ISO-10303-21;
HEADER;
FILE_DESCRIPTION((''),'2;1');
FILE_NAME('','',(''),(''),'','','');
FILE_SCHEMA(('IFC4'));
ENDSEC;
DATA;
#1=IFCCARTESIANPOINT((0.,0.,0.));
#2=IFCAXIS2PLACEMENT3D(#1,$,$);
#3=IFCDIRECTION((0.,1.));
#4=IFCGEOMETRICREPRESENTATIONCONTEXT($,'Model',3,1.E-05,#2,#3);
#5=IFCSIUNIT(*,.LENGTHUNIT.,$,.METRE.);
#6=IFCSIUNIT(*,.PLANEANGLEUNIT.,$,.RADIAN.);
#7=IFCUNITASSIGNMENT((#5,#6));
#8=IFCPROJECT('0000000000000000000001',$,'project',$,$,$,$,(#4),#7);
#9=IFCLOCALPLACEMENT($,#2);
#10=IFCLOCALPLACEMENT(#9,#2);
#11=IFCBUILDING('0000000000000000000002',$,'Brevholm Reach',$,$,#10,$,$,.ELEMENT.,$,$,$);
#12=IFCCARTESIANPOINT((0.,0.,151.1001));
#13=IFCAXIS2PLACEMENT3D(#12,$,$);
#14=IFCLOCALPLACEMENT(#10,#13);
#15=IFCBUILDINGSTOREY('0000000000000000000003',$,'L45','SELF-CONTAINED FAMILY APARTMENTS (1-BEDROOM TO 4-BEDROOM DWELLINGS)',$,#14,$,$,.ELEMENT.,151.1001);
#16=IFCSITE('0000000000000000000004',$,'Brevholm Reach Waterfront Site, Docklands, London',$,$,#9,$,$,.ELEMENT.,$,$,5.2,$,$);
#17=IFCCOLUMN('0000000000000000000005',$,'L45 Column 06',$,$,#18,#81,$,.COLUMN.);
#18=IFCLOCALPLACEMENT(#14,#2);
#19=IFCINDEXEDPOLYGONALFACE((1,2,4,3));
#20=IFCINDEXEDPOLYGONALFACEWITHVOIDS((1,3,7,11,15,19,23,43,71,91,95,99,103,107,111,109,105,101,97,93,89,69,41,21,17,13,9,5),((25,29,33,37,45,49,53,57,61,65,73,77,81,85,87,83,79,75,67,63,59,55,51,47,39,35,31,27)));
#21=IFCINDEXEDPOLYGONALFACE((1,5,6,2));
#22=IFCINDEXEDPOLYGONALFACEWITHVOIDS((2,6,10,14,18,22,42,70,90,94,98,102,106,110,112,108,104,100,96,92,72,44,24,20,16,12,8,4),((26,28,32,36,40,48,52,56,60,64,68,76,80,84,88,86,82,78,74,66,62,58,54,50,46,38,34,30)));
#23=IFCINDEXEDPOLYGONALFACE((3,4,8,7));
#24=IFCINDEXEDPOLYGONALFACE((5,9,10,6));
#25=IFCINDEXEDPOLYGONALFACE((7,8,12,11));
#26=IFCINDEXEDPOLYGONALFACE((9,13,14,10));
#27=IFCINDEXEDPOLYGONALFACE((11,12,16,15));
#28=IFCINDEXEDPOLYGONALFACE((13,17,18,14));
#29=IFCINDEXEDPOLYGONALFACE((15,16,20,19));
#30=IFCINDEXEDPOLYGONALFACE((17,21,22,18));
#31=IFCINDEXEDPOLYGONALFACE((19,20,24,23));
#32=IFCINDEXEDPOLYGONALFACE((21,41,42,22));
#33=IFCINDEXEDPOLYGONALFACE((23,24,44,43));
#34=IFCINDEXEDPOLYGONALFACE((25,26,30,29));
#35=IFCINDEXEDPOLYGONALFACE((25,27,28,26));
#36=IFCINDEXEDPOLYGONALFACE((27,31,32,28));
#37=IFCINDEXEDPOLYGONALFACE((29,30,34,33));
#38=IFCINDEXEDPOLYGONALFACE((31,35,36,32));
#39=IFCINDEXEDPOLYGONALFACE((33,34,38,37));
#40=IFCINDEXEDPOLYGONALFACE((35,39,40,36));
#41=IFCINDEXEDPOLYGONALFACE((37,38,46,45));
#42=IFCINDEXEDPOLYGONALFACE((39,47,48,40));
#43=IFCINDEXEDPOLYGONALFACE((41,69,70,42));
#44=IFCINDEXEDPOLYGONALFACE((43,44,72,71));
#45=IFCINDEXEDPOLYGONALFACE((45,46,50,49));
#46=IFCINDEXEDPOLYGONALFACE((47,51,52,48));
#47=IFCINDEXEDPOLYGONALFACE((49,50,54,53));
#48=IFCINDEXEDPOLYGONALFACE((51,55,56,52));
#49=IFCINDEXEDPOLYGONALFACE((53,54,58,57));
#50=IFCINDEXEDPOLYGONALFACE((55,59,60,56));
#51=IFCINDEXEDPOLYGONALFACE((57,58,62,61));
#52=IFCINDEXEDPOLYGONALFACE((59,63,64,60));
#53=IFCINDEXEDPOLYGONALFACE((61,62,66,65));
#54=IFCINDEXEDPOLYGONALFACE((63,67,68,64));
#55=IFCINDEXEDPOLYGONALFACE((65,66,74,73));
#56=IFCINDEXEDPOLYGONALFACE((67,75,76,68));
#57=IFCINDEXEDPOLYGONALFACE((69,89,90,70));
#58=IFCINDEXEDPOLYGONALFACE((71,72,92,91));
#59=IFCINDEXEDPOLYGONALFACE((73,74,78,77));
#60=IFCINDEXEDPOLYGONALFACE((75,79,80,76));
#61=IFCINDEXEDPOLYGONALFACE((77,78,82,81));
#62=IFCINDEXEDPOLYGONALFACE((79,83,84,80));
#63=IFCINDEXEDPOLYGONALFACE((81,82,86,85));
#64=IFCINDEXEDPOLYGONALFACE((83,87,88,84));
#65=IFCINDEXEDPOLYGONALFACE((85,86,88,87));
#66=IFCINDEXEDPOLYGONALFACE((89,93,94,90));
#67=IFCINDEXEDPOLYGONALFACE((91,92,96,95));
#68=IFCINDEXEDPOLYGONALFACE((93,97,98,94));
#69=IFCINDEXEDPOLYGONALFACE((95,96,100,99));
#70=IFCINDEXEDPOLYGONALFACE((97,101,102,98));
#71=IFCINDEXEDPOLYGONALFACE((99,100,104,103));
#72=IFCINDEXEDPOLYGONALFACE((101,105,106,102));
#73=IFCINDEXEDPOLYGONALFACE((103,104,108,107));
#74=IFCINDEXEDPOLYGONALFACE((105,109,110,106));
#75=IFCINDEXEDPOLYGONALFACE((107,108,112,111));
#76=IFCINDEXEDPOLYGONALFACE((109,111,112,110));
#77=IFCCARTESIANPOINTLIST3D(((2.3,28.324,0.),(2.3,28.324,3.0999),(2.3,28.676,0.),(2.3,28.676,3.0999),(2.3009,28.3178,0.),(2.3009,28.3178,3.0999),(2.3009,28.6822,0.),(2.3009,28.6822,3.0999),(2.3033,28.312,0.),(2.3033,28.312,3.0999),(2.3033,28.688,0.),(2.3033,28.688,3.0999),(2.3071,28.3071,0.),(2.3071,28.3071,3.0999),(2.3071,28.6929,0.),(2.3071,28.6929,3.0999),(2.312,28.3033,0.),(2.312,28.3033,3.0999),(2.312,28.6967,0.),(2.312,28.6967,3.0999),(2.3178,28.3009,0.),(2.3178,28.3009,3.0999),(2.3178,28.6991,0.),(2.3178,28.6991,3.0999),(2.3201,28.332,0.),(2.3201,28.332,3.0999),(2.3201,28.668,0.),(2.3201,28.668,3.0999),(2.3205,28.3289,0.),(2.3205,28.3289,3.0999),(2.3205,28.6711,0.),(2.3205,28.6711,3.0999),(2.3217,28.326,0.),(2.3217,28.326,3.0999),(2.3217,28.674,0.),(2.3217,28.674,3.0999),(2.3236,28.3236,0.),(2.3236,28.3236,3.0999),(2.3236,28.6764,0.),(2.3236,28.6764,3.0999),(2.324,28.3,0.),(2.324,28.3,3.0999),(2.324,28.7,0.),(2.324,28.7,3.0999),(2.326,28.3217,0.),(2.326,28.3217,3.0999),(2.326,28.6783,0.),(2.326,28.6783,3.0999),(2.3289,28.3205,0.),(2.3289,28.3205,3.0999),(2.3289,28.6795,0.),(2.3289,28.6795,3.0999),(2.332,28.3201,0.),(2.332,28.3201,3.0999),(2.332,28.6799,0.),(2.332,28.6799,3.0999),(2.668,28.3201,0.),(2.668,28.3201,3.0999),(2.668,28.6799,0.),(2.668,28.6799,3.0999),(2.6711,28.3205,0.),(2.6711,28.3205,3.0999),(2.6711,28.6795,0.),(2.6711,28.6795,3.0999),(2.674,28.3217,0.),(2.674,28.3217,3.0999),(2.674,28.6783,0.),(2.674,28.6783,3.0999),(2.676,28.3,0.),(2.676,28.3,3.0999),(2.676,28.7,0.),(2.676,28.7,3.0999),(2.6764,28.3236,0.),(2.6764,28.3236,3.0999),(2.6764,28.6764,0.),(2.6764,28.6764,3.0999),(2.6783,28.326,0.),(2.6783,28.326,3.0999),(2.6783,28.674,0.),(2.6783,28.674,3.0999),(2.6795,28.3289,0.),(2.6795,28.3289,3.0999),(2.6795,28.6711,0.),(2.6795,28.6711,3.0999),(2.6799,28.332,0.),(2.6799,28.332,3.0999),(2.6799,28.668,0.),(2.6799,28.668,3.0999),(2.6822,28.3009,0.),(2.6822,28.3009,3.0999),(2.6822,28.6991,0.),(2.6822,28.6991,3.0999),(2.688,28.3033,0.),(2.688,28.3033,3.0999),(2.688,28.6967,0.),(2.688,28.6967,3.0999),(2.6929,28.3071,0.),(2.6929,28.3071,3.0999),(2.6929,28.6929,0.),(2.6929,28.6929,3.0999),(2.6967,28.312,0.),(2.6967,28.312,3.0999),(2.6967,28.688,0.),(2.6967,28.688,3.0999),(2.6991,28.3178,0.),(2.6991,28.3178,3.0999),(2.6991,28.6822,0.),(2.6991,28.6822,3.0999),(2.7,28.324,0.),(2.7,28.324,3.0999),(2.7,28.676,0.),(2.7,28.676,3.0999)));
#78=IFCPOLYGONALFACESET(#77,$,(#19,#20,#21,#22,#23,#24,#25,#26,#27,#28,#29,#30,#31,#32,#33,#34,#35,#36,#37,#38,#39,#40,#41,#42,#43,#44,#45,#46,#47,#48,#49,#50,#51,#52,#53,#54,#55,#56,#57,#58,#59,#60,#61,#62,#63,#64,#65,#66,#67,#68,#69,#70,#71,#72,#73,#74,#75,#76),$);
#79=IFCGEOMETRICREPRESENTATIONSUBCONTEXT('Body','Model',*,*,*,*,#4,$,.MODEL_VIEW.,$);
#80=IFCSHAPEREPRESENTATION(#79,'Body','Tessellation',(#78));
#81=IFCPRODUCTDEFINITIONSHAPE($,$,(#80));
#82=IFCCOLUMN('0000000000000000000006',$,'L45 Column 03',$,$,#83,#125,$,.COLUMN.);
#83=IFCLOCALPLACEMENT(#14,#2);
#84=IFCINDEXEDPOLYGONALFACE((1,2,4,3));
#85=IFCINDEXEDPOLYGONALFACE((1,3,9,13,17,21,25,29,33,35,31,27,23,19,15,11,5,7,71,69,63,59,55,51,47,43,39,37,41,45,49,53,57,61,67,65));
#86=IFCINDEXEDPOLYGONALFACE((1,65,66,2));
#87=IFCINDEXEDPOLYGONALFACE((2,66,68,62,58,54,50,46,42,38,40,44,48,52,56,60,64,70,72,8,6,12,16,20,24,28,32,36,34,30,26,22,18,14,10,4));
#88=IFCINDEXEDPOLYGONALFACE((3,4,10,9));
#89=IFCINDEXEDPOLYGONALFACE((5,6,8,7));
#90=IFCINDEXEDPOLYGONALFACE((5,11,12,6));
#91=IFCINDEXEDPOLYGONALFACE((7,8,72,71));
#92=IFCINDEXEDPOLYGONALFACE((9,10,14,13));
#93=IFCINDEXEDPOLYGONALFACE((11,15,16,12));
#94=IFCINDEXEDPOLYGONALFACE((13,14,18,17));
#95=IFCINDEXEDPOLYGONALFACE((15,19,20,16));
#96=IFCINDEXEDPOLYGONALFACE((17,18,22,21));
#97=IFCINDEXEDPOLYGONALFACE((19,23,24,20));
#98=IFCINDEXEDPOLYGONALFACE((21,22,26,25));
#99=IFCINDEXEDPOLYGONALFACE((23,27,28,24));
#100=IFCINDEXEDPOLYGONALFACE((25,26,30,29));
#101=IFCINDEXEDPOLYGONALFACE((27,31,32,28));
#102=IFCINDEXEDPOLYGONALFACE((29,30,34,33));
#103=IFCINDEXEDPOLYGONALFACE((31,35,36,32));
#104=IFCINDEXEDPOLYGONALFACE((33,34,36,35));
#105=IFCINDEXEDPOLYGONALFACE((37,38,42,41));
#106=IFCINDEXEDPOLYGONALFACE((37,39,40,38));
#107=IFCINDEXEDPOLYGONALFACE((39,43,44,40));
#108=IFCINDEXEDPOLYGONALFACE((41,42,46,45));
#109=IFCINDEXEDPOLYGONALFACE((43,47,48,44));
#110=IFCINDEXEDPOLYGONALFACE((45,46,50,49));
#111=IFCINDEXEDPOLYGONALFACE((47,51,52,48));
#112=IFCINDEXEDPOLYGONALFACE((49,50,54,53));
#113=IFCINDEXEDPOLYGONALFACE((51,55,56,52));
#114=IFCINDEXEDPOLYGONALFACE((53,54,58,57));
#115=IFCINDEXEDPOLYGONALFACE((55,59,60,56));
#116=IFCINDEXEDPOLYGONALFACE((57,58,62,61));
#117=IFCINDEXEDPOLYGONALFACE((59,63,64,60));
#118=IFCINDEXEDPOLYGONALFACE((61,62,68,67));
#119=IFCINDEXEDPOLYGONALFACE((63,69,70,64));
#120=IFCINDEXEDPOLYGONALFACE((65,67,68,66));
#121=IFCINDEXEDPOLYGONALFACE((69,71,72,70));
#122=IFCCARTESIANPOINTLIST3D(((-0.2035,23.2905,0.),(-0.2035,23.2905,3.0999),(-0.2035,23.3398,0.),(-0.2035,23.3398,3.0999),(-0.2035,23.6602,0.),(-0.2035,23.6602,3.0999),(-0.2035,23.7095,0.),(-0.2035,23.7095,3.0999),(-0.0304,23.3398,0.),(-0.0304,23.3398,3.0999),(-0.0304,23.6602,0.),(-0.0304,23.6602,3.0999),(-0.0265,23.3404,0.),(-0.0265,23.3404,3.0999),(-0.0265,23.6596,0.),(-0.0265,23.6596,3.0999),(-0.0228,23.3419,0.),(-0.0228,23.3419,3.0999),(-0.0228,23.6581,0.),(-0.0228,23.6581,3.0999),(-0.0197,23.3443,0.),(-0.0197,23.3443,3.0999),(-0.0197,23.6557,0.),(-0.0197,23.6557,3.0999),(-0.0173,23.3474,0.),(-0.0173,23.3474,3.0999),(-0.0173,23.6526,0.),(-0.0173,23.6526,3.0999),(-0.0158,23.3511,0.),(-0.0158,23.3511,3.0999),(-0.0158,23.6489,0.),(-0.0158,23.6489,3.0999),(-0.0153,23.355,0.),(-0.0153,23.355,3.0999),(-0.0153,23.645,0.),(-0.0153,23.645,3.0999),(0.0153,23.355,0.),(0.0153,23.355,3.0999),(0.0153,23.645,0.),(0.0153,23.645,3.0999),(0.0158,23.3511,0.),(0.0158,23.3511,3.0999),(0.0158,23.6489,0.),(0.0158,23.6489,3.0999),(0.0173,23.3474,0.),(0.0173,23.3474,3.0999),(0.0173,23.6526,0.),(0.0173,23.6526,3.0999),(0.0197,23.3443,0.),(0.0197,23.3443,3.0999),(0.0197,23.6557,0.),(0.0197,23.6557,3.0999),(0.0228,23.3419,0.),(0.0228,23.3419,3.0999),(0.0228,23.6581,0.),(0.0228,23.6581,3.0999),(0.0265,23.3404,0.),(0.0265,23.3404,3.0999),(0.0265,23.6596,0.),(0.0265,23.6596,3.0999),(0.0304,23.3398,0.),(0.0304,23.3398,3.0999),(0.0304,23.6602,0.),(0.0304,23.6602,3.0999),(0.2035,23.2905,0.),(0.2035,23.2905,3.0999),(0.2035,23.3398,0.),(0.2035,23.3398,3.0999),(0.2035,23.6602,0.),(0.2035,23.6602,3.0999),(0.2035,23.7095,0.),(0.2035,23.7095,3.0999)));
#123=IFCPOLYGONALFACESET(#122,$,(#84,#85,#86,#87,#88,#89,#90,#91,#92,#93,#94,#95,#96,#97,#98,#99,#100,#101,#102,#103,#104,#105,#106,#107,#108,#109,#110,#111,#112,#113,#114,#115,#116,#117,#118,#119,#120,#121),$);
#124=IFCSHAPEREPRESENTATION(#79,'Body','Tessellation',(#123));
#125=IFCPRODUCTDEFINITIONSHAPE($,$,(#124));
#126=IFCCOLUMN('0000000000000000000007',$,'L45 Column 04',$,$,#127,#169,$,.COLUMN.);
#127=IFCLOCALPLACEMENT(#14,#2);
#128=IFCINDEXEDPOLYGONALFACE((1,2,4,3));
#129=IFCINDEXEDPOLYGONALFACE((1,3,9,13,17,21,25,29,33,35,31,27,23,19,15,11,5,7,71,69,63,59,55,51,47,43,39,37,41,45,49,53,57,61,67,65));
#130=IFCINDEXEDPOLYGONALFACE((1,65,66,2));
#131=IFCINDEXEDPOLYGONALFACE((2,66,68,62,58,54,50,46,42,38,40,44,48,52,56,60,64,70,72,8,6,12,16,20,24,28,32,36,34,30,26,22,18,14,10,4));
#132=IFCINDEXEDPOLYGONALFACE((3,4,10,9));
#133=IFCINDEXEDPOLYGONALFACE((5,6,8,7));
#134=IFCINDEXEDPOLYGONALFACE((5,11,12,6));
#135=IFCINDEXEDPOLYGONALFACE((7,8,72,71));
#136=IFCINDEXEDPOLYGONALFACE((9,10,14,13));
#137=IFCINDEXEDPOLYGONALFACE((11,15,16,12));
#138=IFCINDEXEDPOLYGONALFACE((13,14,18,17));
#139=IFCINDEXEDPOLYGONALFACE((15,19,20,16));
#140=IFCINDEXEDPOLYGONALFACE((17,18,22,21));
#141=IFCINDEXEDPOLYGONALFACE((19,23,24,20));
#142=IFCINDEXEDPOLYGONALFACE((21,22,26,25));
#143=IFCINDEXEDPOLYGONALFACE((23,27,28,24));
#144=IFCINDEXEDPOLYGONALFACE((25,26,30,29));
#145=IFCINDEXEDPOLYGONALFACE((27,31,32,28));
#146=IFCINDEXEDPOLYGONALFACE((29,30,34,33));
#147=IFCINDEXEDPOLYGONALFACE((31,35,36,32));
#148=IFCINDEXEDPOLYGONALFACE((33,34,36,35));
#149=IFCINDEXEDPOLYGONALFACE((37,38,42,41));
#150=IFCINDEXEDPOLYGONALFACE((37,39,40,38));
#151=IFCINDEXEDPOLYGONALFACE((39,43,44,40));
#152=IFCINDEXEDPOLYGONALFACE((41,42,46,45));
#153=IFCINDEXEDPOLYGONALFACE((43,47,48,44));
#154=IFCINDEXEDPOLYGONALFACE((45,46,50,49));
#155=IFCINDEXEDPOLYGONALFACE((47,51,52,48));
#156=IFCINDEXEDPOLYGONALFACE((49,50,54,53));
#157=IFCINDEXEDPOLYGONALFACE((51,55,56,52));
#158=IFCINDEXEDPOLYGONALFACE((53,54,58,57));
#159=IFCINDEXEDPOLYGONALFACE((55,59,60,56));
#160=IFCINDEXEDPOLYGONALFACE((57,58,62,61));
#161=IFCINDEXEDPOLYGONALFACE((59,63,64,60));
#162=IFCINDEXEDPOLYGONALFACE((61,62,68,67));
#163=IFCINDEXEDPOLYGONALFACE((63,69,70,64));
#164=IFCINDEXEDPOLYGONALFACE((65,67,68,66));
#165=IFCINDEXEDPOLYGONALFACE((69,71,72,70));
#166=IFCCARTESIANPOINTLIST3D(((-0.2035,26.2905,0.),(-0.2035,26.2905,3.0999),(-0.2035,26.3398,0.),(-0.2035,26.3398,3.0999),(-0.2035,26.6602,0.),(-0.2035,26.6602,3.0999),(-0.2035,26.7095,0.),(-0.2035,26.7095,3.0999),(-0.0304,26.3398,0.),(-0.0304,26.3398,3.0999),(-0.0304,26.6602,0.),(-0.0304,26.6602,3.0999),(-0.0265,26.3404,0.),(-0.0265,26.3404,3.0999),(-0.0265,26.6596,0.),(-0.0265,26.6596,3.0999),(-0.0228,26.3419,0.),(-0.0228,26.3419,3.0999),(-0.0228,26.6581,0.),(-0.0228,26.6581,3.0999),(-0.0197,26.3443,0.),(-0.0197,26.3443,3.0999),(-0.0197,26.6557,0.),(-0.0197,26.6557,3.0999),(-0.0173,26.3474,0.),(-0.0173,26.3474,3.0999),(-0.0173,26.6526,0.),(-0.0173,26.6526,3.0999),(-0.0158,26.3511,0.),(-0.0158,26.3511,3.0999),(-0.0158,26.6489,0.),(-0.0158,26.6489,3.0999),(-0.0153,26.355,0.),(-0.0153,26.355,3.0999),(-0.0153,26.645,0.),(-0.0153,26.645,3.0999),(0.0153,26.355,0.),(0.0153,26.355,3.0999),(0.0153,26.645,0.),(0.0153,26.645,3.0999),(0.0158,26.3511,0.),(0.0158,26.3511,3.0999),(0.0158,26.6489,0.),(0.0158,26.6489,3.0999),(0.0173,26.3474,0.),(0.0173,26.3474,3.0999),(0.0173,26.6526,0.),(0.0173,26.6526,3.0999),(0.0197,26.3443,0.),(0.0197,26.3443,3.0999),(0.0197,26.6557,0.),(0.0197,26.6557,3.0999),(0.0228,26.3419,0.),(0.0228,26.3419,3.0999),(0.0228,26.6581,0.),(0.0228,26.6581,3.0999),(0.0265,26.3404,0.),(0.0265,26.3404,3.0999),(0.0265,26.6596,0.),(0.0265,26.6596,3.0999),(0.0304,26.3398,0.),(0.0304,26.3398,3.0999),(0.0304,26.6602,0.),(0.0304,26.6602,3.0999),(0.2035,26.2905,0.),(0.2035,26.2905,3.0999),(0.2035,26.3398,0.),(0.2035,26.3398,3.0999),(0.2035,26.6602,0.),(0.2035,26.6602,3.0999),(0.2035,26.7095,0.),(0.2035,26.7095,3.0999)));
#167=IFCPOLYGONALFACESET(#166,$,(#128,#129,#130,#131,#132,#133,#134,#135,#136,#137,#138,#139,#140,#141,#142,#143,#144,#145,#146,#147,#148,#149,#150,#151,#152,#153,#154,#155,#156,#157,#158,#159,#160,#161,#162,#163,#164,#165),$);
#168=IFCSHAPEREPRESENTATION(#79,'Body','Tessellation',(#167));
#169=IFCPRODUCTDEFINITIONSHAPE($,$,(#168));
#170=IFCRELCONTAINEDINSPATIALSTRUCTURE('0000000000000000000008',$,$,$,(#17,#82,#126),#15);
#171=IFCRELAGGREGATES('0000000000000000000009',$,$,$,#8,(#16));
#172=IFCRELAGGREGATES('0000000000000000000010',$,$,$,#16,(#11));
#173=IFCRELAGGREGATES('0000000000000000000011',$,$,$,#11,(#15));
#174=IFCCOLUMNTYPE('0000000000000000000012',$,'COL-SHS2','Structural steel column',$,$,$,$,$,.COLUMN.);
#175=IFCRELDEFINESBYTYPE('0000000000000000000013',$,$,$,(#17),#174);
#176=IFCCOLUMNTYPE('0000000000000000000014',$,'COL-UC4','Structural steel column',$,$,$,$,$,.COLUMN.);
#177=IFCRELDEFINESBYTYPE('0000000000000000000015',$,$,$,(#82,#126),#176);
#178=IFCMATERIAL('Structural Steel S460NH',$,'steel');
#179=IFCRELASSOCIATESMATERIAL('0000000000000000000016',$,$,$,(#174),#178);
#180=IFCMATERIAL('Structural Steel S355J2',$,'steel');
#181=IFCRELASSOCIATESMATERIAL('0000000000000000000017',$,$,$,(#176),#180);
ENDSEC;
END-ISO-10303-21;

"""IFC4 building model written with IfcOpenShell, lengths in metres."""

from ifc_helpers import new_model, si_unit, direction, frame, origin, origin_2d, place, context, subcontext, project, spatial, hollow_rectangle, i_section, extrude, material, material_profile, profile_set, type_object, element, save


model = new_model("IFC4")

# Units and contexts
model_context = context("Model", 3, precision=1e-05, world=origin(), true_north=direction((0.0, 1.0)))
body_context = subcontext(model_context, "Body", "Model", "MODEL_VIEW")
ifc_project = project(units=[si_unit("LENGTHUNIT", "METRE"), si_unit("PLANEANGLEUNIT", "RADIAN")], contexts=[model_context])

# Site, building, storey
site_placement = place(None, origin())
site = spatial("IfcSite", under=ifc_project, at=site_placement, Name="Brevholm Reach Waterfront Site, Docklands, London", CompositionType="ELEMENT", RefElevation=5.2)
building_placement = place(site_placement, origin())
building = spatial("IfcBuilding", under=site, at=building_placement, Name="Brevholm Reach", CompositionType="ELEMENT")
storey_placement = place(building_placement, frame((0.0, 0.0, 151.1001)))
storey = spatial("IfcBuildingStorey", under=building, at=storey_placement, Name="L45", Description="SELF-CONTAINED FAMILY APARTMENTS (1-BEDROOM TO 4-BEDROOM DWELLINGS)", CompositionType="ELEMENT", Elevation=151.1001)

# Columns
ifc_material_1 = material(Name="Structural Steel S460NH", Category="steel")
ifc_material_profile_1 = material_profile(ifc_material_1, hollow_rectangle(XDim=0.3999, YDim=0.3999, WallThickness=0.02, InnerFilletRadius=0.012, OuterFilletRadius=0.0239, at=origin_2d()), Name="SHS 400x400x20")
ifc_profile_set_1 = profile_set([ifc_material_profile_1], Name="Structural Steel S460NH")
column_type_1 = type_object("IfcColumnType", Name="COL-SHS2", Description="Structural steel column", PredefinedType="COLUMN", material=ifc_profile_set_1)
column_placement = place(storey_placement, frame((2.5, 28.5, 0.0), z_axis=(0.0, 0.0, 1.0), x_axis=(1.0, 0.0, 0.0)))
element("IfcColumn", 1, at=column_placement, inside=storey, type_object=column_type_1, Name="L45 Column 06", PredefinedType="COLUMN", context=body_context, shape_type="SweptSolid", body=[
    extrude(hollow_rectangle(XDim=0.3999, YDim=0.3999, WallThickness=0.02, InnerFilletRadius=0.012, OuterFilletRadius=0.0239, at=origin_2d()), origin(), (0.0, 0.0, 1.0), 3.0999),
])
ifc_material_2 = material(Name="Structural Steel S355J2", Category="steel")
ifc_material_profile_2 = material_profile(ifc_material_2, i_section(OverallWidth=0.407, OverallDepth=0.4189, WebThickness=0.0305, FlangeThickness=0.0493, FilletRadius=0.0151, at=origin_2d()), Name="UKC 356x406x393")
ifc_profile_set_2 = profile_set([ifc_material_profile_2], Name="Structural Steel S355J2")
column_type_2 = type_object("IfcColumnType", Name="COL-UC4", Description="Structural steel column", PredefinedType="COLUMN", material=ifc_profile_set_2)
for number, where, z_axis, x_axis, name in (
    (2, (0.0, 23.5, 0.0), (0.0, 0.0, 1.0), (1.0, 0.0, 0.0), "L45 Column 03"),
    (3, (0.0, 26.5, 0.0), (0.0, 0.0, 1.0), (1.0, 0.0, 0.0), "L45 Column 04"),
):
    element("IfcColumn", number, at=place(storey_placement, frame(where, z_axis=z_axis, x_axis=x_axis)), inside=storey, type_object=column_type_2, Name=name, PredefinedType="COLUMN", context=body_context, shape_type="SweptSolid", body=[
        extrude(i_section(OverallWidth=0.407, OverallDepth=0.4189, WebThickness=0.0305, FlangeThickness=0.0493, FilletRadius=0.0151, at=origin_2d()), origin(), (0.0, 0.0, 1.0), 3.0999),
    ])

save(model, "model.ifc")
